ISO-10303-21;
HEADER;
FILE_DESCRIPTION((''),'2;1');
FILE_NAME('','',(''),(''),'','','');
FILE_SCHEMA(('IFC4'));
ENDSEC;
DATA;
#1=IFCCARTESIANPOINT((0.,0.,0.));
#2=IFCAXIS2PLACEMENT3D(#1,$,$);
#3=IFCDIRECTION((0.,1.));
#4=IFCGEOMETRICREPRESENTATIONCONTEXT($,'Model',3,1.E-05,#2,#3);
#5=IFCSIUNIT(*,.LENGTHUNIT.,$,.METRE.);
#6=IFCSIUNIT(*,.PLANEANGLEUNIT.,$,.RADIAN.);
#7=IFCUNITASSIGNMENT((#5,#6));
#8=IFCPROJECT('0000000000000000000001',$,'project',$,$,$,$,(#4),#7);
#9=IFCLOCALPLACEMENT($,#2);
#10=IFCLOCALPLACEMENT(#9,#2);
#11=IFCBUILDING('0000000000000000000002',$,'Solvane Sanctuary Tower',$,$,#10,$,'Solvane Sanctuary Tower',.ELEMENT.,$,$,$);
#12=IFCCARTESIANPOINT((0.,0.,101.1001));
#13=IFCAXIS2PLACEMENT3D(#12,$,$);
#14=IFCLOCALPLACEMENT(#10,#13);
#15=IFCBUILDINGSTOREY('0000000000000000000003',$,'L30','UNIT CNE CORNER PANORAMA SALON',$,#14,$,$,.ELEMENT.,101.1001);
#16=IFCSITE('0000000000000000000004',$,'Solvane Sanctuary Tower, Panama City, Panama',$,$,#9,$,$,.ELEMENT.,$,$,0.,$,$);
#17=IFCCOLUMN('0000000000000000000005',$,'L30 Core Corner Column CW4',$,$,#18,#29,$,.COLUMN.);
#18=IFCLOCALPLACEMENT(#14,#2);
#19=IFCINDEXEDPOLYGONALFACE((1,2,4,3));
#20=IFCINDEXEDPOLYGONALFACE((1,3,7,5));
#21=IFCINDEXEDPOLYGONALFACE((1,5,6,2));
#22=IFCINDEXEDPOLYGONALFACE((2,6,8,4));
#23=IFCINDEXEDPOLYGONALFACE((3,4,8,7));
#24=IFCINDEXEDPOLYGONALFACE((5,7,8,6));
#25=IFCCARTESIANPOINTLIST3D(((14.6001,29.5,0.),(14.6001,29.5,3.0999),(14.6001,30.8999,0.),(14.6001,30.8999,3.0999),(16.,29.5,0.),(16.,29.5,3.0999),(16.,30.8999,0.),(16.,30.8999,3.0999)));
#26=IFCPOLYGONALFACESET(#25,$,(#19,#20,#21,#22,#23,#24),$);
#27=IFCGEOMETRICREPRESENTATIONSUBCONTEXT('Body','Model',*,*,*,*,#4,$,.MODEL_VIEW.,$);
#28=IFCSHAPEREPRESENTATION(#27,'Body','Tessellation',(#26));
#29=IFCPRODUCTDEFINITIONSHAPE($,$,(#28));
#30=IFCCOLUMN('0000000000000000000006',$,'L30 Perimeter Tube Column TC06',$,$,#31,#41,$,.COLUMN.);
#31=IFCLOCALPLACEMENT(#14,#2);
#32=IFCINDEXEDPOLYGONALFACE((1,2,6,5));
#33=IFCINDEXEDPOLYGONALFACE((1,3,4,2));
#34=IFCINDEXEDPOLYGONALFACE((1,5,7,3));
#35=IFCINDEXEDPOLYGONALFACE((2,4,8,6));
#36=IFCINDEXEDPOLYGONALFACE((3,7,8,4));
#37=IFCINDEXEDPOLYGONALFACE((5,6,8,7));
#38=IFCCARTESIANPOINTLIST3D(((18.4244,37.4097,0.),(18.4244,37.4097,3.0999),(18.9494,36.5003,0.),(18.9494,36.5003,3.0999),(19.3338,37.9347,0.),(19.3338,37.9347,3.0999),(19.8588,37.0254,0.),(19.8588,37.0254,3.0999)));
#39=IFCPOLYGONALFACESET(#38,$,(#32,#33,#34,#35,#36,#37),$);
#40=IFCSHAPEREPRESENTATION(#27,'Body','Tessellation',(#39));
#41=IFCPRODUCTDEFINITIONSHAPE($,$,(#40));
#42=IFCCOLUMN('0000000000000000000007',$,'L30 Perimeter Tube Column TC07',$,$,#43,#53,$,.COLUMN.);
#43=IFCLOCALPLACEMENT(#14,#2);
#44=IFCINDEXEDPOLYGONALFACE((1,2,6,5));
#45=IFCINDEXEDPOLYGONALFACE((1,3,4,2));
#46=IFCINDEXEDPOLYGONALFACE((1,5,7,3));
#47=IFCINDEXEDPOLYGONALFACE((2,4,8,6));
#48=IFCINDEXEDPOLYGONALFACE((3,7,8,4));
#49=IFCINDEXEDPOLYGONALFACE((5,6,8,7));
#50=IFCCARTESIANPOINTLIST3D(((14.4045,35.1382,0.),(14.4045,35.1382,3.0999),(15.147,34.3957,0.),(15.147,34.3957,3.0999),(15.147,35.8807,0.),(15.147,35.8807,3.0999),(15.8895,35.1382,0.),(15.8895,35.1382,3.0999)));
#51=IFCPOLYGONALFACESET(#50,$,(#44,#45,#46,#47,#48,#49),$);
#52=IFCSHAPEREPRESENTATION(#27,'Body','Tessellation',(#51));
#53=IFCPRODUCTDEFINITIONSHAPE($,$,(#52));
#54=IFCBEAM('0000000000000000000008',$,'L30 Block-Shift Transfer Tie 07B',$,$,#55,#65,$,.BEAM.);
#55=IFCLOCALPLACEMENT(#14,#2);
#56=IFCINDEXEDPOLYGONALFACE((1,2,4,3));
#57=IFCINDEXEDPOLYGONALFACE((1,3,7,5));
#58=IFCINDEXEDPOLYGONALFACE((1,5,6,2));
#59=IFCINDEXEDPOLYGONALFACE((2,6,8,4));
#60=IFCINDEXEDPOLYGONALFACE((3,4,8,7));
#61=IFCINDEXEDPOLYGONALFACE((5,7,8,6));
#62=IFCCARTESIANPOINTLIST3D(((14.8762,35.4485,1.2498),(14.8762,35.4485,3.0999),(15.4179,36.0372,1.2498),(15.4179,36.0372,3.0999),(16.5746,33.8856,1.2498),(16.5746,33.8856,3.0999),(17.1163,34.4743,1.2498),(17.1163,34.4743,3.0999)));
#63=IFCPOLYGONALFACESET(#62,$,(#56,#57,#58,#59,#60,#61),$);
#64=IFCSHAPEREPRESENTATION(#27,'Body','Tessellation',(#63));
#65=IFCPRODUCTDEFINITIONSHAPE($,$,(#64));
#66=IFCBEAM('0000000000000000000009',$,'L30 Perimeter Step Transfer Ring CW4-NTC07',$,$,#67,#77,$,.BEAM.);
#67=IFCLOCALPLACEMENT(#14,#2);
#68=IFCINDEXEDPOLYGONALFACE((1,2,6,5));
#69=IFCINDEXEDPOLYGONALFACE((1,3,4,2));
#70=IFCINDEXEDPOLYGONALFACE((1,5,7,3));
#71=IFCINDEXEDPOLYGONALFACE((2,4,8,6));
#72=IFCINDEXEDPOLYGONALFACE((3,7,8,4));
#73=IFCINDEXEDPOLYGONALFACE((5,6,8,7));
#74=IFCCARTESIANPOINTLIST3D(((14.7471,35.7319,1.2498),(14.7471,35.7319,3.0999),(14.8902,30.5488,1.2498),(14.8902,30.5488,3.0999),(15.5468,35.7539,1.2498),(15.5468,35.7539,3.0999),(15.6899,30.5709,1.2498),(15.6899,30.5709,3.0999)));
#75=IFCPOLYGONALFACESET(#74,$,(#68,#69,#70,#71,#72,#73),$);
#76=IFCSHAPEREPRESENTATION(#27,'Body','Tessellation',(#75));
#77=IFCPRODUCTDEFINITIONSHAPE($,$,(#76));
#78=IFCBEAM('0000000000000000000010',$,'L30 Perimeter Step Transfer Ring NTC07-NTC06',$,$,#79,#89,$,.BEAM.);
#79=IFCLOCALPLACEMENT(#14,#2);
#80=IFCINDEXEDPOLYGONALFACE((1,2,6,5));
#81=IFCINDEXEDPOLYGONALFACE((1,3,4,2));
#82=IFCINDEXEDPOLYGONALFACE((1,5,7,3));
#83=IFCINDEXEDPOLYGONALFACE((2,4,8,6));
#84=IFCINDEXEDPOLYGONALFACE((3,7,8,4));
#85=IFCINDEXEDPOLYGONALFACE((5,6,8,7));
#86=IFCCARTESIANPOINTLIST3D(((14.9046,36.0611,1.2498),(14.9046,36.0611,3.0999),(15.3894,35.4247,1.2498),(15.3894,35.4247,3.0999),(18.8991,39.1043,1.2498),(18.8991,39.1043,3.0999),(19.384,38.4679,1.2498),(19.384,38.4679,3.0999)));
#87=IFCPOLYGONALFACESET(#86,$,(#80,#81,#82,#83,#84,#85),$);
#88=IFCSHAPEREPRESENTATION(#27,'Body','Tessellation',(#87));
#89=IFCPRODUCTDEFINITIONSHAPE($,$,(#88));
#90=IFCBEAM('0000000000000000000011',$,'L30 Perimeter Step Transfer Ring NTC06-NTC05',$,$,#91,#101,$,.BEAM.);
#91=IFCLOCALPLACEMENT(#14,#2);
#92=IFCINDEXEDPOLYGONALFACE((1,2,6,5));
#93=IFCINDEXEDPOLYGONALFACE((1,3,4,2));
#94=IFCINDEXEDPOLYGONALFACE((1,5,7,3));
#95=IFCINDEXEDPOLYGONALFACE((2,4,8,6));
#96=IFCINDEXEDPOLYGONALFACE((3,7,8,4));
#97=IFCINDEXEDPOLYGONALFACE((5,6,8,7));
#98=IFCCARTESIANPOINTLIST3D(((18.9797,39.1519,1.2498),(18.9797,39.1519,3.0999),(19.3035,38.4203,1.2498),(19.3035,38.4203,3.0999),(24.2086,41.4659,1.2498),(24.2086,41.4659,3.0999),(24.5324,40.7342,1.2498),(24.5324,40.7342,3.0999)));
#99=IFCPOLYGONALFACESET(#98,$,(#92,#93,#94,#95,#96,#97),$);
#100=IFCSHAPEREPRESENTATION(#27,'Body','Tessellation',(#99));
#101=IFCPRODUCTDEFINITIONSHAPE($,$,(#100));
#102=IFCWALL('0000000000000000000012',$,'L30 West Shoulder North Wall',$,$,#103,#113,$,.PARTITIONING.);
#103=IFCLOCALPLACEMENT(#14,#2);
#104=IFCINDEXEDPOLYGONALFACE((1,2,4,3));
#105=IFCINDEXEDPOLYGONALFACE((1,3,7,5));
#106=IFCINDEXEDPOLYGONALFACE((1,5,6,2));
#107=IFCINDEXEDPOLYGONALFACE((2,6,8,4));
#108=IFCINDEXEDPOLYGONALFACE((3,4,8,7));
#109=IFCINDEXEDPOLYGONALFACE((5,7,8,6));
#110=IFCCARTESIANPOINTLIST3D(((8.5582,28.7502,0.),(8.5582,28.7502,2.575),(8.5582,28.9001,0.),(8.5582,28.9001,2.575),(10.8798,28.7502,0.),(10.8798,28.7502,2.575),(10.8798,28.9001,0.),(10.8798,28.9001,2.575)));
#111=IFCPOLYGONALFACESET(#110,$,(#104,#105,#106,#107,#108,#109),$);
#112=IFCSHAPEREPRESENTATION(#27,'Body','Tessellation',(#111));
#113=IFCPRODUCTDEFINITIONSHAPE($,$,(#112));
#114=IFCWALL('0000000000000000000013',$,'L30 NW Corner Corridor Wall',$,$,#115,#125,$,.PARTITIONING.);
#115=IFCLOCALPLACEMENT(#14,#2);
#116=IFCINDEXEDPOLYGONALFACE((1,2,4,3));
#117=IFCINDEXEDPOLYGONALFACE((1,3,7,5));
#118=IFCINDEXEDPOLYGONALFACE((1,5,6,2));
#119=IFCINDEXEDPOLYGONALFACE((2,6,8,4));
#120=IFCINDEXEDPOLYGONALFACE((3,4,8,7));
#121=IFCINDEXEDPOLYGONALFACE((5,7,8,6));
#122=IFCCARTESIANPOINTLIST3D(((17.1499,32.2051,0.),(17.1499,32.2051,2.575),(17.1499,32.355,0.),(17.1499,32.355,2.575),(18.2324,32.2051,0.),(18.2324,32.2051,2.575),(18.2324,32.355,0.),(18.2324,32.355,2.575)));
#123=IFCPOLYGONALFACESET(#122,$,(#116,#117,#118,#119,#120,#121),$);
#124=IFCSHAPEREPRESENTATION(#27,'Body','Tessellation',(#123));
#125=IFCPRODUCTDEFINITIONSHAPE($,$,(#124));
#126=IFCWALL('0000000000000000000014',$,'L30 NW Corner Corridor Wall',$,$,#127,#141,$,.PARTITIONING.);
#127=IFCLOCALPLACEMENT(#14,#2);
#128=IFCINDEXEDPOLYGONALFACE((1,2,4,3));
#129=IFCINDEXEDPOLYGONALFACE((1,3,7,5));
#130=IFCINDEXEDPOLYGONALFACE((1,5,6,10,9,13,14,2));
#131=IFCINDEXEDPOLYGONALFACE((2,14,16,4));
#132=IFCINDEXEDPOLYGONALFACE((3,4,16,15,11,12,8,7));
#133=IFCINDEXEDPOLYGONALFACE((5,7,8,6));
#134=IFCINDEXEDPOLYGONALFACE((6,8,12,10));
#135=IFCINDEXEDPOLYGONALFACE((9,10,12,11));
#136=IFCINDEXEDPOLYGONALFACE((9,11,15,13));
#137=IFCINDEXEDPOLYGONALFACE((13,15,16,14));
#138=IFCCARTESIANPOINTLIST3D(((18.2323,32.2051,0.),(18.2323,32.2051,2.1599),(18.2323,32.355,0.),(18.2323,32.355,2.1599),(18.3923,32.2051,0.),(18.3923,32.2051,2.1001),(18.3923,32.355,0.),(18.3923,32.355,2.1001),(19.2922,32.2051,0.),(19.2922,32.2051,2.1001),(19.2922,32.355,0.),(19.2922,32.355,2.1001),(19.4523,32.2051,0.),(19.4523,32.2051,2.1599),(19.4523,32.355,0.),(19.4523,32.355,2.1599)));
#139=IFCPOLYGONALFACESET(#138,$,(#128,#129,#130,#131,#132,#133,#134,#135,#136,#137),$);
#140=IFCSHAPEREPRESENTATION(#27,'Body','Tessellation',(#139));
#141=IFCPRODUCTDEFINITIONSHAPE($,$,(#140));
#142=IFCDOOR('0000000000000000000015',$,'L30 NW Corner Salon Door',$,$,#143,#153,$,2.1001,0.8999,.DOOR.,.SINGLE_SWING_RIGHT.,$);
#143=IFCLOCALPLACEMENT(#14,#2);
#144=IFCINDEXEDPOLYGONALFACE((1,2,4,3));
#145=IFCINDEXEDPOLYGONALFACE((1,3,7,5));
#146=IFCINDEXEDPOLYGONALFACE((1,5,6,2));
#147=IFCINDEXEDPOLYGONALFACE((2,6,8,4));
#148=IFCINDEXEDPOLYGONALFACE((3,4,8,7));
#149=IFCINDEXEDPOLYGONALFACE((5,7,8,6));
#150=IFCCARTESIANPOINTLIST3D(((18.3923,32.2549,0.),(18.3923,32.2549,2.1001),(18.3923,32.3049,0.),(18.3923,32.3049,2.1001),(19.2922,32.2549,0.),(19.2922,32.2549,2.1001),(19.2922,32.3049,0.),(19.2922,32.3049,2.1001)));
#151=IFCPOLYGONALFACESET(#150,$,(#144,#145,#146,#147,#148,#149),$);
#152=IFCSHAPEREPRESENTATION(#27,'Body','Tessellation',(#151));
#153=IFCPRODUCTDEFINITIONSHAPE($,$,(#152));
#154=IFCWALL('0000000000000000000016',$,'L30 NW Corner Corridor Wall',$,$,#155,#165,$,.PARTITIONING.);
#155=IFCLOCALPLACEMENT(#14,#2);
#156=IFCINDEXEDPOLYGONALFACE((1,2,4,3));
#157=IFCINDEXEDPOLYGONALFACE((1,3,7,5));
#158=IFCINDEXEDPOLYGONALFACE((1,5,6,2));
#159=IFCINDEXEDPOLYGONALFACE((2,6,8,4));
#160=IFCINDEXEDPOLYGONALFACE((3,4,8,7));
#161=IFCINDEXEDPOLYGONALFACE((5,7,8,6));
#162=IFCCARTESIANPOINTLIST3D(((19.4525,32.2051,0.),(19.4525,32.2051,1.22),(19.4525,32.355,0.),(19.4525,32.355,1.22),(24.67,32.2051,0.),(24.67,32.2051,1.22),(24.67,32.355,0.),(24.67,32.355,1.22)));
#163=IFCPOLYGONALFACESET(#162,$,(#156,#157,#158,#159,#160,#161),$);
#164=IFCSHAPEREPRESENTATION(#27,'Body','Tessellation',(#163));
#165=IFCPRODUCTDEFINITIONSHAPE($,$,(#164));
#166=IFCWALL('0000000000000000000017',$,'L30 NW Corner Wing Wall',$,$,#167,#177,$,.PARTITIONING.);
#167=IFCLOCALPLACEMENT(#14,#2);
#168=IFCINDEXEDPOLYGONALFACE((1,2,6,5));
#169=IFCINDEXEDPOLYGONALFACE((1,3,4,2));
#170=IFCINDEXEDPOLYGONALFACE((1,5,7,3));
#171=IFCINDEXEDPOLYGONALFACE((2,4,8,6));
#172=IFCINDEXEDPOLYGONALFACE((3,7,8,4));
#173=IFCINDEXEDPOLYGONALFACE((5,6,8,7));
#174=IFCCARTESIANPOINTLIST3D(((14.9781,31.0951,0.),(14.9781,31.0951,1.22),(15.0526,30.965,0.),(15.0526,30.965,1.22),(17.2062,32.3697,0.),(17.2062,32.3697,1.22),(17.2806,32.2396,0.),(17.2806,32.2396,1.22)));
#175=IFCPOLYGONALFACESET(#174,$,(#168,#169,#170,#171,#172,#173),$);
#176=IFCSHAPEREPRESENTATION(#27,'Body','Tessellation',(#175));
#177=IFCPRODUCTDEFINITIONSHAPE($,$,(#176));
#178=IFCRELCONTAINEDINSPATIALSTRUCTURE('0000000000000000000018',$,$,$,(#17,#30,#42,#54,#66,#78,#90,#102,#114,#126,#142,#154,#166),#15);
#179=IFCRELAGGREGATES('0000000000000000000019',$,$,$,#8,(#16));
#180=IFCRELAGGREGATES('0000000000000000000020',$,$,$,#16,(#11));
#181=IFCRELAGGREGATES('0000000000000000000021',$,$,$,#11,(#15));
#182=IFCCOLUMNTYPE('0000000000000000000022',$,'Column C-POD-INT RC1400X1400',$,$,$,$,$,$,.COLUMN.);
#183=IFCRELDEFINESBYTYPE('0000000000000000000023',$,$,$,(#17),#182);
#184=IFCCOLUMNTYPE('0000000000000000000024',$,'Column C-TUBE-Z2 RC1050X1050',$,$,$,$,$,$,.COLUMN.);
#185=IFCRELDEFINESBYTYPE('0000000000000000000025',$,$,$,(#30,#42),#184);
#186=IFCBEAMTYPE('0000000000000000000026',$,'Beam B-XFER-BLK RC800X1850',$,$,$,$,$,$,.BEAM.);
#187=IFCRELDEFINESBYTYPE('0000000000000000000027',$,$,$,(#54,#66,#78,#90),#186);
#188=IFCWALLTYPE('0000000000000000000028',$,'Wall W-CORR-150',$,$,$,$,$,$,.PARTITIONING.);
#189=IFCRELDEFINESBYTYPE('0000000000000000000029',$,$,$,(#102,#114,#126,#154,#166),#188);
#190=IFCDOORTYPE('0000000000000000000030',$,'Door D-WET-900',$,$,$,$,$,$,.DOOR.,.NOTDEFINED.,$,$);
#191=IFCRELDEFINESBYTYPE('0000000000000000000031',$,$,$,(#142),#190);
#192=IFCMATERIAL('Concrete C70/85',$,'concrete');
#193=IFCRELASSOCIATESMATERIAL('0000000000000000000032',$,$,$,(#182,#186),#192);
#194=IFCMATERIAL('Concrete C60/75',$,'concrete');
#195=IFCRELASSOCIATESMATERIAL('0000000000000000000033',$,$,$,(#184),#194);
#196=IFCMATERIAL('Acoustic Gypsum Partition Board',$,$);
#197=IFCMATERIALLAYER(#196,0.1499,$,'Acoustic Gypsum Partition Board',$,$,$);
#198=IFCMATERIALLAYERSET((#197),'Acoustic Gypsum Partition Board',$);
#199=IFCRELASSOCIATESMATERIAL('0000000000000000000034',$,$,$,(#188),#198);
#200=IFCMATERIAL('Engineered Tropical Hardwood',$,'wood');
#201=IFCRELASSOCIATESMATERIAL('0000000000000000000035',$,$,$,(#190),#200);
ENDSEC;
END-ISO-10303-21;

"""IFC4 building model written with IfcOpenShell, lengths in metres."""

from ifc_helpers import new_model, si_unit, direction, frame, frame_2d, origin, origin_2d, place, context, subcontext, project, spatial, rectangle, extrude, material, layer, layer_set, material_profile, profile_set, type_object, element, fill, save


model = new_model("IFC4")

# Units and contexts
model_context = context("Model", 3, precision=1e-05, world=origin(), true_north=direction((0.0, 1.0)))
body_context = subcontext(model_context, "Body", "Model", "MODEL_VIEW")
ifc_project = project(units=[si_unit("LENGTHUNIT", "METRE"), si_unit("PLANEANGLEUNIT", "RADIAN")], contexts=[model_context])

# Site, building, storey
site_placement = place(None, origin())
site = spatial("IfcSite", under=ifc_project, at=site_placement, Name="Solvane Sanctuary Tower, Panama City, Panama", CompositionType="ELEMENT", RefElevation=0.0)
building_placement = place(site_placement, origin())
building = spatial("IfcBuilding", under=site, at=building_placement, Name="Solvane Sanctuary Tower", LongName="Solvane Sanctuary Tower", CompositionType="ELEMENT")
storey_placement = place(building_placement, frame((0.0, 0.0, 101.1001)))
storey = spatial("IfcBuildingStorey", under=building, at=storey_placement, Name="L30", Description="UNIT CNE CORNER PANORAMA SALON", CompositionType="ELEMENT", Elevation=101.1001)

# Columns
ifc_material_1 = material(Name="Concrete C70/85", Category="concrete")
ifc_material_profile_1 = material_profile(ifc_material_1, rectangle(XDim=1.3999, YDim=1.3999, at=origin_2d()), Name="RC1400X1400")
ifc_profile_set_1 = profile_set([ifc_material_profile_1], Name="Concrete C70/85")
column_type_1 = type_object("IfcColumnType", Name="Column C-POD-INT RC1400X1400", PredefinedType="COLUMN", material=ifc_profile_set_1)
column_placement = place(storey_placement, frame((15.3, 30.2, 0.0), z_axis=(0.0, 0.0, 1.0), x_axis=(1.0, 0.0, 0.0)))
element("IfcColumn", 1, at=column_placement, inside=storey, type_object=column_type_1, Name="L30 Core Corner Column CW4", PredefinedType="COLUMN", context=body_context, shape_type="SweptSolid", body=[
    extrude(rectangle(XDim=1.3999, YDim=1.3999, at=origin_2d()), origin(), (0.0, 0.0, 1.0), 3.0999),
])
ifc_material_2 = material(Name="Concrete C60/75", Category="concrete")
ifc_material_profile_2 = material_profile(ifc_material_2, rectangle(XDim=1.05, YDim=1.05, at=origin_2d()), Name="RC1050X1050")
ifc_profile_set_2 = profile_set([ifc_material_profile_2], Name="Concrete C60/75")
column_type_2 = type_object("IfcColumnType", Name="Column C-TUBE-Z2 RC1050X1050", PredefinedType="COLUMN", material=ifc_profile_set_2)
for number, where, z_axis, x_axis, name in (
    (2, (19.1416, 37.2175, 0.0), (0.0, 0.0, 1.0), (-0.5, 0.866025, 0.0), "L30 Perimeter Tube Column TC06"),
    (3, (15.147, 35.1382, 0.0), (0.0, 0.0, 1.0), (-0.707107, 0.707107, 0.0), "L30 Perimeter Tube Column TC07"),
):
    element("IfcColumn", number, at=place(storey_placement, frame(where, z_axis=z_axis, x_axis=x_axis)), inside=storey, type_object=column_type_2, Name=name, PredefinedType="COLUMN", context=body_context, shape_type="SweptSolid", body=[
        extrude(rectangle(XDim=1.05, YDim=1.05, at=origin_2d()), origin(), (0.0, 0.0, 1.0), 3.0999),
    ])

# Beams
ifc_material_profile_3 = material_profile(ifc_material_1, rectangle(XDim=0.8, YDim=1.8501, at=origin_2d()), Name="RC800X1850")
ifc_profile_set_3 = profile_set([ifc_material_profile_3], Name="Concrete C70/85")
beam_type = type_object("IfcBeamType", Name="Beam B-XFER-BLK RC800X1850", PredefinedType="BEAM", material=ifc_profile_set_3)
beam_1_placement = place(storey_placement, frame((16.8455, 34.1799, 2.1748), z_axis=(-0.735849, 0.677146, 0.0), x_axis=(-0.677146, -0.735849, 0.0)))
element("IfcBeam", 4, at=beam_1_placement, inside=storey, type_object=beam_type, Name="L30 Block-Shift Transfer Tie 07B", PredefinedType="BEAM", context=body_context, shape_type="SweptSolid", body=[
    extrude(rectangle(XDim=0.8, YDim=1.8501, at=origin_2d()), origin(), (0.0, 0.0, 1.0), 2.3081),
])
beam_2_placement = place(storey_placement, frame((15.29, 30.5598, 2.1748), z_axis=(-0.027592, 0.999619, 0.0), x_axis=(-0.999619, -0.027592, 0.0)))
element("IfcBeam", 5, at=beam_2_placement, inside=storey, type_object=beam_type, Name="L30 Perimeter Step Transfer Ring CW4-NTC07", PredefinedType="BEAM", context=body_context, shape_type="SweptSolid", body=[
    extrude(rectangle(XDim=0.8, YDim=1.8501, at=origin_2d()), origin(), (0.0, 0.0, 1.0), 5.1851),
])
beam_3_placement = place(storey_placement, frame((15.147, 35.7429, 2.1748), z_axis=(0.795462, 0.606004, 0.0), x_axis=(-0.606004, 0.795462, 0.0)))
element("IfcBeam", 6, at=beam_3_placement, inside=storey, type_object=beam_type, Name="L30 Perimeter Step Transfer Ring NTC07-NTC06", PredefinedType="BEAM", context=body_context, shape_type="SweptSolid", body=[
    extrude(rectangle(XDim=0.8, YDim=1.8501, at=origin_2d()), origin(), (0.0, 0.0, 1.0), 5.0217),
])
beam_4_placement = place(storey_placement, frame((19.1416, 38.7861, 2.1748), z_axis=(0.914462, 0.404672, 0.0), x_axis=(-0.404672, 0.914462, 0.0)))
element("IfcBeam", 7, at=beam_4_placement, inside=storey, type_object=beam_type, Name="L30 Perimeter Step Transfer Ring NTC06-NTC05", PredefinedType="BEAM", context=body_context, shape_type="SweptSolid", body=[
    extrude(rectangle(XDim=0.8, YDim=1.8501, at=origin_2d()), origin(), (0.0, 0.0, 1.0), 5.718),
])

# Walls
ifc_material_3 = material(Name="Acoustic Gypsum Partition Board")
ifc_layer_1 = layer(ifc_material_3, 0.1499, Name="Acoustic Gypsum Partition Board")
ifc_layer_set_1 = layer_set([ifc_layer_1], Name="Acoustic Gypsum Partition Board")
wall_type_1 = type_object("IfcWallType", Name="Wall W-CORR-150", PredefinedType="PARTITIONING", material=ifc_layer_set_1)
wall_1_placement = place(storey_placement, frame((8.5583, 28.8252, 0.0), z_axis=(0.0, 0.0, 1.0), x_axis=(1.0, 0.0, 0.0)))
element("IfcWall", 8, at=wall_1_placement, inside=storey, type_object=wall_type_1, Name="L30 West Shoulder North Wall", PredefinedType="PARTITIONING", context=body_context, shape_type="SweptSolid", body=[
    extrude(rectangle(XDim=2.3215, YDim=0.1499, at=frame_2d((1.1606, 0.0))), origin(), (0.0, 0.0, 1.0), 2.575),
])
wall_2_placement = place(storey_placement, frame((17.1499, 32.28, 0.0), z_axis=(0.0, 0.0, 1.0), x_axis=(1.0, 0.0, 0.0)))
element("IfcWall", 9, at=wall_2_placement, inside=storey, type_object=wall_type_1, Name="L30 NW Corner Corridor Wall", PredefinedType="PARTITIONING", context=body_context, shape_type="SweptSolid", body=[
    extrude(rectangle(XDim=1.0825, YDim=0.1499, at=frame_2d((0.5413, 0.0))), origin(), (0.0, 0.0, 1.0), 2.575),
])

# Wall, opening, door
wall_3_placement = place(storey_placement, frame((18.2324, 32.28, 0.0), z_axis=(0.0, 0.0, 1.0), x_axis=(1.0, 0.0, 0.0)))
wall_3 = element("IfcWall", 10, at=wall_3_placement, inside=storey, type_object=wall_type_1, Name="L30 NW Corner Corridor Wall", PredefinedType="PARTITIONING", context=body_context, shape_type="SweptSolid", body=[
    extrude(rectangle(XDim=1.22, YDim=0.1499, at=frame_2d((0.6099, 0.0))), origin(), (0.0, 0.0, 1.0), 2.1599),
])
opening_1_placement = place(wall_3_placement, frame((0.1599, 0.0, 0.0)))
opening_1 = element("IfcOpeningElement", 11, at=opening_1_placement, cuts=wall_3, PredefinedType="OPENING", context=body_context, shape_type="SweptSolid", body=[
    extrude(rectangle(XDim=0.8999, YDim=2.1001, at=frame_2d((0.45, 1.05))), frame((0.0, 0.085, 0.0), z_axis=(0.0, -1.0, 0.0), x_axis=(1.0, 0.0, 0.0)), (0.0, 0.0, 1.0), 0.1699),
])
ifc_material_4 = material(Name="Engineered Tropical Hardwood", Category="wood")
door_type_1 = type_object("IfcDoorType", Name="Door D-WET-900", OperationType="NOTDEFINED", PredefinedType="DOOR", material=ifc_material_4)
door_1_placement = place(opening_1_placement, origin())
door_1 = element("IfcDoor", 12, at=door_1_placement, inside=storey, type_object=door_type_1, Name="L30 NW Corner Salon Door", OperationType="SINGLE_SWING_RIGHT", OverallHeight=2.1001, OverallWidth=0.8999, PredefinedType="DOOR", context=body_context, shape_type="SweptSolid", body=[
    extrude(rectangle(XDim=0.8999, YDim=2.1001, at=frame_2d((0.45, 1.05))), frame((0.0, 0.0249, 0.0), z_axis=(0.0, -1.0, 0.0), x_axis=(1.0, 0.0, 0.0)), (0.0, 0.0, 1.0), 0.05),
])
fill(opening_1, door_1)

# Walls
wall_4_placement = place(storey_placement, frame((19.4524, 32.28, 0.0), z_axis=(0.0, 0.0, 1.0), x_axis=(1.0, 0.0, 0.0)))
element("IfcWall", 13, at=wall_4_placement, inside=storey, type_object=wall_type_1, Name="L30 NW Corner Corridor Wall", PredefinedType="PARTITIONING", context=body_context, shape_type="SweptSolid", body=[
    extrude(rectangle(XDim=5.2175, YDim=0.1499, at=frame_2d((2.6089, 0.0))), origin(), (0.0, 0.0, 1.0), 1.22),
])
wall_5_placement = place(storey_placement, frame((17.2434, 32.3047, 0.0), z_axis=(0.0, 0.0, 1.0), x_axis=(-0.867991, -0.496579, 0.0)))
element("IfcWall", 14, at=wall_5_placement, inside=storey, type_object=wall_type_1, Name="L30 NW Corner Wing Wall", PredefinedType="PARTITIONING", context=body_context, shape_type="SweptSolid", body=[
    extrude(rectangle(XDim=2.5669, YDim=0.1499, at=frame_2d((1.2834, 0.0))), origin(), (0.0, 0.0, 1.0), 1.22),
])

save(model, "model.ifc")
